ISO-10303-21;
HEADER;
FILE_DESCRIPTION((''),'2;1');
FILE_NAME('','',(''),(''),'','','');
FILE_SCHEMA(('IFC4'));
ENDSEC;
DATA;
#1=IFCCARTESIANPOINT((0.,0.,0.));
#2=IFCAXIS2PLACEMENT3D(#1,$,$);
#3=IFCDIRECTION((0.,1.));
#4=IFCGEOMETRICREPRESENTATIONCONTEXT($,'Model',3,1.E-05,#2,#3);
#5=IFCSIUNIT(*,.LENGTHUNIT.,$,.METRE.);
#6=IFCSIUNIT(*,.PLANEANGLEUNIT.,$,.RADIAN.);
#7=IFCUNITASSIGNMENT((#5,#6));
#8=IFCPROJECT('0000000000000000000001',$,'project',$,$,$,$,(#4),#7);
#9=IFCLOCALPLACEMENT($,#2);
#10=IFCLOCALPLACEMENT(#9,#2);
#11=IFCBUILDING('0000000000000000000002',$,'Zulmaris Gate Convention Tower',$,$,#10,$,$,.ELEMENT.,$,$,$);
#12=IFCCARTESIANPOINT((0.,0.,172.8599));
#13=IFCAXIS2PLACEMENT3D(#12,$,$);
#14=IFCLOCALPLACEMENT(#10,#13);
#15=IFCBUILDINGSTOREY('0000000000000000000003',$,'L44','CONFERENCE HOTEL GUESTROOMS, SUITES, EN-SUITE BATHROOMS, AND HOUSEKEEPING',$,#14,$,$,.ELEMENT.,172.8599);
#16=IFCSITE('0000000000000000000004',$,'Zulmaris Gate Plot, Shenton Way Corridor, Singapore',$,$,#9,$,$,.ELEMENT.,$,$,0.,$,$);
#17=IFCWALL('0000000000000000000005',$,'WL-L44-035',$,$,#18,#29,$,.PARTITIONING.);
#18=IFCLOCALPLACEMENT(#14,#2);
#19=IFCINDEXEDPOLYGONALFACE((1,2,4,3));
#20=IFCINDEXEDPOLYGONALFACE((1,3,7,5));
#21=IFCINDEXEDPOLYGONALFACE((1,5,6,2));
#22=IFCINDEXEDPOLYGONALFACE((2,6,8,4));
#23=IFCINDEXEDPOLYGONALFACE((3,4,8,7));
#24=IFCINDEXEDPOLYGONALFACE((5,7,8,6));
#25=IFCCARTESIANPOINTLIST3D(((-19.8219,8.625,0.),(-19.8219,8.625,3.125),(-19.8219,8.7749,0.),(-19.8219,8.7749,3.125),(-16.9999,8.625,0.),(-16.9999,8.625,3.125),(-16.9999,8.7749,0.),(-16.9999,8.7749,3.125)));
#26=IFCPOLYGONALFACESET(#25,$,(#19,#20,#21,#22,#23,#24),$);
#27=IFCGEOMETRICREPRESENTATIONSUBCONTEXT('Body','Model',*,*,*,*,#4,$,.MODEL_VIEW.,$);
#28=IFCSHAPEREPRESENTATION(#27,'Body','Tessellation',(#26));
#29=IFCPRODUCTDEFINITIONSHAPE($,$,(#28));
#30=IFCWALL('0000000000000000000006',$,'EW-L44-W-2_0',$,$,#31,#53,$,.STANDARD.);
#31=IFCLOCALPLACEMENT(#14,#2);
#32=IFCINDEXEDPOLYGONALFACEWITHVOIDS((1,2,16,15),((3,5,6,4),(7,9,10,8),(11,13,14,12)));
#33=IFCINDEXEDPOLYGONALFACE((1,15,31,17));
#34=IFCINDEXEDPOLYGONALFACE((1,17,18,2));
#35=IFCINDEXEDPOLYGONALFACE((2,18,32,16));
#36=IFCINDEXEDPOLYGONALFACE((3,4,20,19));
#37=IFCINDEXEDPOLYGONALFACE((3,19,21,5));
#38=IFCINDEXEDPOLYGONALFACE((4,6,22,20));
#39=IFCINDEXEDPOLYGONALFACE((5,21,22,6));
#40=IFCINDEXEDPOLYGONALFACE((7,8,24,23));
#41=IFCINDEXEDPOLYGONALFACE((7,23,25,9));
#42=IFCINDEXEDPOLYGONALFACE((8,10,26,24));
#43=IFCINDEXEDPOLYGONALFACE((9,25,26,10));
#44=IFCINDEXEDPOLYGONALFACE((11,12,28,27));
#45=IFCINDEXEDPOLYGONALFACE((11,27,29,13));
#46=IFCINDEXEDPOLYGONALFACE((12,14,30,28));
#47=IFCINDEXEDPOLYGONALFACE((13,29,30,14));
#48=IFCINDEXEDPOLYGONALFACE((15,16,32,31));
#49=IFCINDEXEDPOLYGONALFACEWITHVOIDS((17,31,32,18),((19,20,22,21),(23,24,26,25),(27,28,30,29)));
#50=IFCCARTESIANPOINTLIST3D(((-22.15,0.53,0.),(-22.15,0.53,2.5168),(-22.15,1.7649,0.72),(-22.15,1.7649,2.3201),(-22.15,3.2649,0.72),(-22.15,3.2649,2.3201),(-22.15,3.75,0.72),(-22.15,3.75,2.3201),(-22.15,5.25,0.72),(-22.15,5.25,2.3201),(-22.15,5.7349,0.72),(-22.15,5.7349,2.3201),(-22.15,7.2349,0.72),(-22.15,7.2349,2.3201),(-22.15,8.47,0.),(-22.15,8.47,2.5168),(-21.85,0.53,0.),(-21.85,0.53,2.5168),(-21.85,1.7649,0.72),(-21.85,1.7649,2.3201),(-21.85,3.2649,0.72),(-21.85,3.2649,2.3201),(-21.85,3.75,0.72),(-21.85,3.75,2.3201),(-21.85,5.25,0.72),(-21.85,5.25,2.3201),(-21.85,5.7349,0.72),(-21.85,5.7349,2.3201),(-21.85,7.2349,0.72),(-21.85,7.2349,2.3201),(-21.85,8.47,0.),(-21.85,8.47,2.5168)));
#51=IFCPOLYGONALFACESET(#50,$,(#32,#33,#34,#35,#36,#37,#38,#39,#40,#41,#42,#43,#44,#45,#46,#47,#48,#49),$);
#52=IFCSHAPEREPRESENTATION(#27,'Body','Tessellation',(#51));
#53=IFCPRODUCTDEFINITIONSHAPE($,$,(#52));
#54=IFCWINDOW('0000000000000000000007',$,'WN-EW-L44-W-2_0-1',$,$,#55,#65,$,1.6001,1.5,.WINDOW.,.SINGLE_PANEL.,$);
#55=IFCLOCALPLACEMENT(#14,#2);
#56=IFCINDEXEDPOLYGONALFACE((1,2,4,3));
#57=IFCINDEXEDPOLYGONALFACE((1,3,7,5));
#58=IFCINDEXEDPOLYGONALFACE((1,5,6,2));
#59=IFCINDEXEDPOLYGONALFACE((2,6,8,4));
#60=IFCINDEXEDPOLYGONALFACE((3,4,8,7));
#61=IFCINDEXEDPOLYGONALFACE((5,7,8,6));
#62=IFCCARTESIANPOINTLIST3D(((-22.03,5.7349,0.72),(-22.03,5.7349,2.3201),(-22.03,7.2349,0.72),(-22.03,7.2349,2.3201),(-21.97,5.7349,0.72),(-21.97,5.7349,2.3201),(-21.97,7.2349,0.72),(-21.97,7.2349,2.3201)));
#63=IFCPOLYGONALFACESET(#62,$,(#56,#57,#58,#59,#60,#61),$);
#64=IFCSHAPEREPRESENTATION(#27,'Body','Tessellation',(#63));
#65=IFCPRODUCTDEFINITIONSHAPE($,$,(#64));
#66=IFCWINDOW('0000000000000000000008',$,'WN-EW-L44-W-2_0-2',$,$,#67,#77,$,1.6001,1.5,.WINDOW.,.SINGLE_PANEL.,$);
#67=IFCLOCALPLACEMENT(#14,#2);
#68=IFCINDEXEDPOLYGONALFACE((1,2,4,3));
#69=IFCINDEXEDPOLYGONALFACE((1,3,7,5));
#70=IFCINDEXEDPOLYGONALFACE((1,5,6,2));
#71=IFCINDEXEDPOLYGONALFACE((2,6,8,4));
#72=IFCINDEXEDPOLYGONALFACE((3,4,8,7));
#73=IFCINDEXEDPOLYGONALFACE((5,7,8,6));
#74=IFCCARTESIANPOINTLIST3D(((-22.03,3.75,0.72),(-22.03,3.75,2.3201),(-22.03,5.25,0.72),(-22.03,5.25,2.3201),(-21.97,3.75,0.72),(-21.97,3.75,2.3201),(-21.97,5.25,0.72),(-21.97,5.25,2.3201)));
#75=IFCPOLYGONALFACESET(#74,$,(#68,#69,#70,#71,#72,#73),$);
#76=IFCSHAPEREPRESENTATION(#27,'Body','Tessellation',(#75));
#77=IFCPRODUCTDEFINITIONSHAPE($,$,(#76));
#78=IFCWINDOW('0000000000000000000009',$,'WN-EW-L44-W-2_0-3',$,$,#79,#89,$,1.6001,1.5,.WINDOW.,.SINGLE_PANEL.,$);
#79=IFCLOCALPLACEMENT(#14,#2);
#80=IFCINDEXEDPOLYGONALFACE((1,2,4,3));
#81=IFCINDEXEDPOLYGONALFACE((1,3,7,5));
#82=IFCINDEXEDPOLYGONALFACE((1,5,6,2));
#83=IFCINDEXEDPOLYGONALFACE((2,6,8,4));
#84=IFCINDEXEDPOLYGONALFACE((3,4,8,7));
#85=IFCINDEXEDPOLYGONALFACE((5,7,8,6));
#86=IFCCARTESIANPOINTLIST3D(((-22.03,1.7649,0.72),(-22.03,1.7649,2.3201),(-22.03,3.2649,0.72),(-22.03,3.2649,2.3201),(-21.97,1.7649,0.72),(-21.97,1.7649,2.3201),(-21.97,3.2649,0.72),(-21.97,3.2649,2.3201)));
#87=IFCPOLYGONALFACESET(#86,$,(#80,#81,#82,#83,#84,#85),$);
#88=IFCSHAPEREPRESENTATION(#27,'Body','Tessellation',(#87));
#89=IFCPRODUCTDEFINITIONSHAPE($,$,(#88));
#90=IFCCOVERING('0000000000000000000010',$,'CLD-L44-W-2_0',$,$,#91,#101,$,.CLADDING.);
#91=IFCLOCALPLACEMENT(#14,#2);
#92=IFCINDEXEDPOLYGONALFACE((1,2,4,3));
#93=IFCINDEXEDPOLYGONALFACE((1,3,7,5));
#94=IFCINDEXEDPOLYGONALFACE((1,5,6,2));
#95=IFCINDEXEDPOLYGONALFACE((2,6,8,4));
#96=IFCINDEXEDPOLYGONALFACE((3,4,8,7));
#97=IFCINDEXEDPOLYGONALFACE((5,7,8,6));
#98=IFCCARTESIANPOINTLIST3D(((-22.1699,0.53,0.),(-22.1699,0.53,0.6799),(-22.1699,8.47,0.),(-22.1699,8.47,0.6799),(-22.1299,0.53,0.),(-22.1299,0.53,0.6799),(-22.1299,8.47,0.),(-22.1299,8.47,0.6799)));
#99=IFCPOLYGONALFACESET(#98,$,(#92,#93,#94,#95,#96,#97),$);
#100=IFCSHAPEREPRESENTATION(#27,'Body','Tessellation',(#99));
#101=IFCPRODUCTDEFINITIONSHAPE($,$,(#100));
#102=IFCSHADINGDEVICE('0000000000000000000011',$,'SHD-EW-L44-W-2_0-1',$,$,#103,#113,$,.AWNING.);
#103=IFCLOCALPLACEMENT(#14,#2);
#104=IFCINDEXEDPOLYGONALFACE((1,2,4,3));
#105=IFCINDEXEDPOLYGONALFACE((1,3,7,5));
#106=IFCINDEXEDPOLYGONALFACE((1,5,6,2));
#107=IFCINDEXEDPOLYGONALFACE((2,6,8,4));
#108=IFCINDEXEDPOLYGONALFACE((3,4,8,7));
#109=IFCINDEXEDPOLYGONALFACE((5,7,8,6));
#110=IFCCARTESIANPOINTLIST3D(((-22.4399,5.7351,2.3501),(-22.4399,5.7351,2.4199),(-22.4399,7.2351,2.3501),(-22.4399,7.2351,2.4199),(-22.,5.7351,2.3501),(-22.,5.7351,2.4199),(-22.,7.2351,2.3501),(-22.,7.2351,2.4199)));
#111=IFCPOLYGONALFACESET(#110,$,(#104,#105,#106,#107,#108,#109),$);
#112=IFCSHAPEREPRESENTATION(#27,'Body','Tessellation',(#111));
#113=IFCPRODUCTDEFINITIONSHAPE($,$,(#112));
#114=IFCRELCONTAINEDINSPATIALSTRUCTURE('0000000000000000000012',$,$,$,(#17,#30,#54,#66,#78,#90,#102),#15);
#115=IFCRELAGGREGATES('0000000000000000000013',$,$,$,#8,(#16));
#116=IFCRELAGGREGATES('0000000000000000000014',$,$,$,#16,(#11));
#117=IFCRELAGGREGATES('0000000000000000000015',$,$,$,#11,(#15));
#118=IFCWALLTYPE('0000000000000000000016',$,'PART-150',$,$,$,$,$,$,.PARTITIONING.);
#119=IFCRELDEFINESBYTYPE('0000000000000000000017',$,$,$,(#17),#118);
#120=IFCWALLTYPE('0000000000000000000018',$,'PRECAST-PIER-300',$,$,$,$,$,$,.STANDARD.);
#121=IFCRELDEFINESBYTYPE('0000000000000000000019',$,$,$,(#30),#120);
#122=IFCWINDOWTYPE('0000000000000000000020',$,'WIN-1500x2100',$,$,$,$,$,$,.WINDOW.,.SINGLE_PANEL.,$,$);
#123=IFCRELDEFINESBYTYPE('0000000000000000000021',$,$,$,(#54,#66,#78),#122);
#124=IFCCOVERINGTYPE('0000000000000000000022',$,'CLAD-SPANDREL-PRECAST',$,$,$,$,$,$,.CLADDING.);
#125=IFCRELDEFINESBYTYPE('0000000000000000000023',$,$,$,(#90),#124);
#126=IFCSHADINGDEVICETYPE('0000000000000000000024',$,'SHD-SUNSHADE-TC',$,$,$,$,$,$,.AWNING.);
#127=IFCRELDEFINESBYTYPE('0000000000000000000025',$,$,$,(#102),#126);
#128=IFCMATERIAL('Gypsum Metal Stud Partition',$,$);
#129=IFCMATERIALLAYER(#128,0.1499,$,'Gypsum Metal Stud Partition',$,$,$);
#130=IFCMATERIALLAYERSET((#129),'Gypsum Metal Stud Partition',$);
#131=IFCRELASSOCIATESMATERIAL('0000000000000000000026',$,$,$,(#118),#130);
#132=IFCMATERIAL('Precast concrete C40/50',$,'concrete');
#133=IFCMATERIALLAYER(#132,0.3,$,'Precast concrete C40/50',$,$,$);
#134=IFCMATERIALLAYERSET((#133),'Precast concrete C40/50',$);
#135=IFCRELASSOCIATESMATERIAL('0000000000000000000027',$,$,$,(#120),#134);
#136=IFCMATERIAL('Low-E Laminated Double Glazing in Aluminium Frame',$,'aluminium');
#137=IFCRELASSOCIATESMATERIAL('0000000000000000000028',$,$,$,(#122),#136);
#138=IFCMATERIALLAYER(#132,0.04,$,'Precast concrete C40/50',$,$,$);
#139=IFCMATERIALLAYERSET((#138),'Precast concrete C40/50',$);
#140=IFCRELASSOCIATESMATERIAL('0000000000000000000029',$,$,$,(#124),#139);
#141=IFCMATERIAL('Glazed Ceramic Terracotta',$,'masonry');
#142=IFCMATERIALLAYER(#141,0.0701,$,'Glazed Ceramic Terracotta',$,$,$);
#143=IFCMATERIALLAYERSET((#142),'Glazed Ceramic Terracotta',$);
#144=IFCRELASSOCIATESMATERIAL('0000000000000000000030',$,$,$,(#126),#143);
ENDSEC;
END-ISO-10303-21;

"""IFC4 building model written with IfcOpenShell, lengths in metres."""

from ifc_helpers import new_model, si_unit, direction, frame, frame_2d, origin, place, context, subcontext, project, spatial, rectangle, extrude, material, layer, layer_set, type_object, element, fill, save


model = new_model("IFC4")

# Units and contexts
model_context = context("Model", 3, precision=1e-05, world=origin(), true_north=direction((0.0, 1.0)))
body_context = subcontext(model_context, "Body", "Model", "MODEL_VIEW")
ifc_project = project(units=[si_unit("LENGTHUNIT", "METRE"), si_unit("PLANEANGLEUNIT", "RADIAN")], contexts=[model_context])

# Site, building, storey
site_placement = place(None, origin())
site = spatial("IfcSite", under=ifc_project, at=site_placement, Name="Zulmaris Gate Plot, Shenton Way Corridor, Singapore", CompositionType="ELEMENT", RefElevation=0.0)
building_placement = place(site_placement, origin())
building = spatial("IfcBuilding", under=site, at=building_placement, Name="Zulmaris Gate Convention Tower", CompositionType="ELEMENT")
storey_placement = place(building_placement, frame((0.0, 0.0, 172.8599)))
storey = spatial("IfcBuildingStorey", under=building, at=storey_placement, Name="L44", Description="CONFERENCE HOTEL GUESTROOMS, SUITES, EN-SUITE BATHROOMS, AND HOUSEKEEPING", CompositionType="ELEMENT", Elevation=172.8599)

# Wall
ifc_material_1 = material(Name="Gypsum Metal Stud Partition")
ifc_layer_1 = layer(ifc_material_1, 0.1499, Name="Gypsum Metal Stud Partition")
ifc_layer_set_1 = layer_set([ifc_layer_1], Name="Gypsum Metal Stud Partition")
wall_type_1 = type_object("IfcWallType", Name="PART-150", PredefinedType="PARTITIONING", material=ifc_layer_set_1)
wall_1_placement = place(storey_placement, frame((-19.822, 8.7, 0.0), z_axis=(0.0, 0.0, 1.0), x_axis=(1.0, 0.0, 0.0)))
element("IfcWall", 1, at=wall_1_placement, inside=storey, type_object=wall_type_1, Name="WL-L44-035", PredefinedType="PARTITIONING", context=body_context, shape_type="SweptSolid", body=[
    extrude(rectangle(XDim=2.822, YDim=0.1499, at=frame_2d((1.4111, 0.0))), origin(), (0.0, 0.0, 1.0), 3.125),
])

# Wall, openings, windows
ifc_material_2 = material(Name="Precast concrete C40/50", Category="concrete")
ifc_layer_2 = layer(ifc_material_2, 0.3, Name="Precast concrete C40/50")
ifc_layer_set_2 = layer_set([ifc_layer_2], Name="Precast concrete C40/50")
wall_type_2 = type_object("IfcWallType", Name="PRECAST-PIER-300", PredefinedType="STANDARD", material=ifc_layer_set_2)
wall_2_placement = place(storey_placement, frame((-22.0, 8.47, 0.0), z_axis=(0.0, 0.0, 1.0), x_axis=(0.0, -1.0, 0.0)))
wall_2 = element("IfcWall", 2, at=wall_2_placement, inside=storey, type_object=wall_type_2, Name="EW-L44-W-2_0", PredefinedType="STANDARD", context=body_context, shape_type="SweptSolid", body=[
    extrude(rectangle(XDim=7.9399, YDim=0.3, at=frame_2d((3.97, 0.0))), origin(), (0.0, 0.0, 1.0), 2.5168),
])
opening_1_placement = place(wall_2_placement, frame((1.2351, 0.0, 0.72)))
opening_1 = element("IfcOpeningElement", 3, at=opening_1_placement, cuts=wall_2, PredefinedType="OPENING", context=body_context, shape_type="SweptSolid", body=[
    extrude(rectangle(XDim=1.5, YDim=1.6001, at=frame_2d((0.75, 0.8))), frame((0.0, 0.1602, 0.0), z_axis=(0.0, -1.0, 0.0), x_axis=(1.0, 0.0, 0.0)), (0.0, 0.0, 1.0), 0.3201),
])
opening_2_placement = place(wall_2_placement, frame((3.22, 0.0, 0.72)))
opening_2 = element("IfcOpeningElement", 4, at=opening_2_placement, cuts=wall_2, PredefinedType="OPENING", context=body_context, shape_type="SweptSolid", body=[
    extrude(rectangle(XDim=1.5, YDim=1.6001, at=frame_2d((0.75, 0.8))), frame((0.0, 0.1602, 0.0), z_axis=(0.0, -1.0, 0.0), x_axis=(1.0, 0.0, 0.0)), (0.0, 0.0, 1.0), 0.3201),
])
opening_3_placement = place(wall_2_placement, frame((5.2051, 0.0, 0.72)))
opening_3 = element("IfcOpeningElement", 5, at=opening_3_placement, cuts=wall_2, PredefinedType="OPENING", context=body_context, shape_type="SweptSolid", body=[
    extrude(rectangle(XDim=1.5, YDim=1.6001, at=frame_2d((0.75, 0.8))), frame((0.0, 0.1602, 0.0), z_axis=(0.0, -1.0, 0.0), x_axis=(1.0, 0.0, 0.0)), (0.0, 0.0, 1.0), 0.3201),
])
ifc_material_3 = material(Name="Low-E Laminated Double Glazing in Aluminium Frame", Category="aluminium")
window_type = type_object("IfcWindowType", Name="WIN-1500x2100", PartitioningType="SINGLE_PANEL", PredefinedType="WINDOW", material=ifc_material_3)
window_1_placement = place(opening_1_placement, origin())
window_1 = element("IfcWindow", 6, at=window_1_placement, inside=storey, type_object=window_type, Name="WN-EW-L44-W-2_0-1", OverallHeight=1.6001, OverallWidth=1.5, PartitioningType="SINGLE_PANEL", PredefinedType="WINDOW", context=body_context, shape_type="SweptSolid", body=[
    extrude(rectangle(XDim=1.5, YDim=1.6001, at=frame_2d((0.75, 0.8))), frame((0.0, 0.03, 0.0), z_axis=(0.0, -1.0, 0.0), x_axis=(1.0, 0.0, 0.0)), (0.0, 0.0, 1.0), 0.0601),
])
fill(opening_1, window_1)
window_2_placement = place(opening_2_placement, origin())
window_2 = element("IfcWindow", 7, at=window_2_placement, inside=storey, type_object=window_type, Name="WN-EW-L44-W-2_0-2", OverallHeight=1.6001, OverallWidth=1.5, PartitioningType="SINGLE_PANEL", PredefinedType="WINDOW", context=body_context, shape_type="SweptSolid", body=[
    extrude(rectangle(XDim=1.5, YDim=1.6001, at=frame_2d((0.75, 0.8))), frame((0.0, 0.03, 0.0), z_axis=(0.0, -1.0, 0.0), x_axis=(1.0, 0.0, 0.0)), (0.0, 0.0, 1.0), 0.0601),
])
fill(opening_2, window_2)
window_3_placement = place(opening_3_placement, origin())
window_3 = element("IfcWindow", 8, at=window_3_placement, inside=storey, type_object=window_type, Name="WN-EW-L44-W-2_0-3", OverallHeight=1.6001, OverallWidth=1.5, PartitioningType="SINGLE_PANEL", PredefinedType="WINDOW", context=body_context, shape_type="SweptSolid", body=[
    extrude(rectangle(XDim=1.5, YDim=1.6001, at=frame_2d((0.75, 0.8))), frame((0.0, 0.03, 0.0), z_axis=(0.0, -1.0, 0.0), x_axis=(1.0, 0.0, 0.0)), (0.0, 0.0, 1.0), 0.0601),
])
fill(opening_3, window_3)

# Covering
ifc_layer_3 = layer(ifc_material_2, 0.04, Name="Precast concrete C40/50")
ifc_layer_set_3 = layer_set([ifc_layer_3], Name="Precast concrete C40/50")
covering_type = type_object("IfcCoveringType", Name="CLAD-SPANDREL-PRECAST", PredefinedType="CLADDING", material=ifc_layer_set_3)
covering_placement = place(storey_placement, frame((-22.1499, 8.47, 0.0), z_axis=(0.0, 0.0, 1.0), x_axis=(0.0, -1.0, 0.0)))
element("IfcCovering", 9, at=covering_placement, inside=storey, type_object=covering_type, Name="CLD-L44-W-2_0", PredefinedType="CLADDING", context=body_context, shape_type="SweptSolid", body=[
    extrude(rectangle(XDim=7.9399, YDim=0.04, at=frame_2d((3.97, 0.0))), origin(), (0.0, 0.0, 1.0), 0.6799),
])

# Shading device
ifc_material_4 = material(Name="Glazed Ceramic Terracotta", Category="masonry")
ifc_layer_4 = layer(ifc_material_4, 0.0701, Name="Glazed Ceramic Terracotta")
ifc_layer_set_4 = layer_set([ifc_layer_4], Name="Glazed Ceramic Terracotta")
shading_device_type = type_object("IfcShadingDeviceType", Name="SHD-SUNSHADE-TC", PredefinedType="AWNING", material=ifc_layer_set_4)
shading_device_placement = place(storey_placement, frame((-22.22, 7.2351, 2.3501), z_axis=(0.0, 0.0, 1.0), x_axis=(0.0, -1.0, 0.0)))
element("IfcShadingDevice", 10, at=shading_device_placement, inside=storey, type_object=shading_device_type, Name="SHD-EW-L44-W-2_0-1", PredefinedType="AWNING", context=body_context, shape_type="SweptSolid", body=[
    extrude(rectangle(XDim=1.5, YDim=0.4399, at=frame_2d((0.75, 0.0))), origin(), (0.0, 0.0, 1.0), 0.0698),
])

save(model, "model.ifc")
